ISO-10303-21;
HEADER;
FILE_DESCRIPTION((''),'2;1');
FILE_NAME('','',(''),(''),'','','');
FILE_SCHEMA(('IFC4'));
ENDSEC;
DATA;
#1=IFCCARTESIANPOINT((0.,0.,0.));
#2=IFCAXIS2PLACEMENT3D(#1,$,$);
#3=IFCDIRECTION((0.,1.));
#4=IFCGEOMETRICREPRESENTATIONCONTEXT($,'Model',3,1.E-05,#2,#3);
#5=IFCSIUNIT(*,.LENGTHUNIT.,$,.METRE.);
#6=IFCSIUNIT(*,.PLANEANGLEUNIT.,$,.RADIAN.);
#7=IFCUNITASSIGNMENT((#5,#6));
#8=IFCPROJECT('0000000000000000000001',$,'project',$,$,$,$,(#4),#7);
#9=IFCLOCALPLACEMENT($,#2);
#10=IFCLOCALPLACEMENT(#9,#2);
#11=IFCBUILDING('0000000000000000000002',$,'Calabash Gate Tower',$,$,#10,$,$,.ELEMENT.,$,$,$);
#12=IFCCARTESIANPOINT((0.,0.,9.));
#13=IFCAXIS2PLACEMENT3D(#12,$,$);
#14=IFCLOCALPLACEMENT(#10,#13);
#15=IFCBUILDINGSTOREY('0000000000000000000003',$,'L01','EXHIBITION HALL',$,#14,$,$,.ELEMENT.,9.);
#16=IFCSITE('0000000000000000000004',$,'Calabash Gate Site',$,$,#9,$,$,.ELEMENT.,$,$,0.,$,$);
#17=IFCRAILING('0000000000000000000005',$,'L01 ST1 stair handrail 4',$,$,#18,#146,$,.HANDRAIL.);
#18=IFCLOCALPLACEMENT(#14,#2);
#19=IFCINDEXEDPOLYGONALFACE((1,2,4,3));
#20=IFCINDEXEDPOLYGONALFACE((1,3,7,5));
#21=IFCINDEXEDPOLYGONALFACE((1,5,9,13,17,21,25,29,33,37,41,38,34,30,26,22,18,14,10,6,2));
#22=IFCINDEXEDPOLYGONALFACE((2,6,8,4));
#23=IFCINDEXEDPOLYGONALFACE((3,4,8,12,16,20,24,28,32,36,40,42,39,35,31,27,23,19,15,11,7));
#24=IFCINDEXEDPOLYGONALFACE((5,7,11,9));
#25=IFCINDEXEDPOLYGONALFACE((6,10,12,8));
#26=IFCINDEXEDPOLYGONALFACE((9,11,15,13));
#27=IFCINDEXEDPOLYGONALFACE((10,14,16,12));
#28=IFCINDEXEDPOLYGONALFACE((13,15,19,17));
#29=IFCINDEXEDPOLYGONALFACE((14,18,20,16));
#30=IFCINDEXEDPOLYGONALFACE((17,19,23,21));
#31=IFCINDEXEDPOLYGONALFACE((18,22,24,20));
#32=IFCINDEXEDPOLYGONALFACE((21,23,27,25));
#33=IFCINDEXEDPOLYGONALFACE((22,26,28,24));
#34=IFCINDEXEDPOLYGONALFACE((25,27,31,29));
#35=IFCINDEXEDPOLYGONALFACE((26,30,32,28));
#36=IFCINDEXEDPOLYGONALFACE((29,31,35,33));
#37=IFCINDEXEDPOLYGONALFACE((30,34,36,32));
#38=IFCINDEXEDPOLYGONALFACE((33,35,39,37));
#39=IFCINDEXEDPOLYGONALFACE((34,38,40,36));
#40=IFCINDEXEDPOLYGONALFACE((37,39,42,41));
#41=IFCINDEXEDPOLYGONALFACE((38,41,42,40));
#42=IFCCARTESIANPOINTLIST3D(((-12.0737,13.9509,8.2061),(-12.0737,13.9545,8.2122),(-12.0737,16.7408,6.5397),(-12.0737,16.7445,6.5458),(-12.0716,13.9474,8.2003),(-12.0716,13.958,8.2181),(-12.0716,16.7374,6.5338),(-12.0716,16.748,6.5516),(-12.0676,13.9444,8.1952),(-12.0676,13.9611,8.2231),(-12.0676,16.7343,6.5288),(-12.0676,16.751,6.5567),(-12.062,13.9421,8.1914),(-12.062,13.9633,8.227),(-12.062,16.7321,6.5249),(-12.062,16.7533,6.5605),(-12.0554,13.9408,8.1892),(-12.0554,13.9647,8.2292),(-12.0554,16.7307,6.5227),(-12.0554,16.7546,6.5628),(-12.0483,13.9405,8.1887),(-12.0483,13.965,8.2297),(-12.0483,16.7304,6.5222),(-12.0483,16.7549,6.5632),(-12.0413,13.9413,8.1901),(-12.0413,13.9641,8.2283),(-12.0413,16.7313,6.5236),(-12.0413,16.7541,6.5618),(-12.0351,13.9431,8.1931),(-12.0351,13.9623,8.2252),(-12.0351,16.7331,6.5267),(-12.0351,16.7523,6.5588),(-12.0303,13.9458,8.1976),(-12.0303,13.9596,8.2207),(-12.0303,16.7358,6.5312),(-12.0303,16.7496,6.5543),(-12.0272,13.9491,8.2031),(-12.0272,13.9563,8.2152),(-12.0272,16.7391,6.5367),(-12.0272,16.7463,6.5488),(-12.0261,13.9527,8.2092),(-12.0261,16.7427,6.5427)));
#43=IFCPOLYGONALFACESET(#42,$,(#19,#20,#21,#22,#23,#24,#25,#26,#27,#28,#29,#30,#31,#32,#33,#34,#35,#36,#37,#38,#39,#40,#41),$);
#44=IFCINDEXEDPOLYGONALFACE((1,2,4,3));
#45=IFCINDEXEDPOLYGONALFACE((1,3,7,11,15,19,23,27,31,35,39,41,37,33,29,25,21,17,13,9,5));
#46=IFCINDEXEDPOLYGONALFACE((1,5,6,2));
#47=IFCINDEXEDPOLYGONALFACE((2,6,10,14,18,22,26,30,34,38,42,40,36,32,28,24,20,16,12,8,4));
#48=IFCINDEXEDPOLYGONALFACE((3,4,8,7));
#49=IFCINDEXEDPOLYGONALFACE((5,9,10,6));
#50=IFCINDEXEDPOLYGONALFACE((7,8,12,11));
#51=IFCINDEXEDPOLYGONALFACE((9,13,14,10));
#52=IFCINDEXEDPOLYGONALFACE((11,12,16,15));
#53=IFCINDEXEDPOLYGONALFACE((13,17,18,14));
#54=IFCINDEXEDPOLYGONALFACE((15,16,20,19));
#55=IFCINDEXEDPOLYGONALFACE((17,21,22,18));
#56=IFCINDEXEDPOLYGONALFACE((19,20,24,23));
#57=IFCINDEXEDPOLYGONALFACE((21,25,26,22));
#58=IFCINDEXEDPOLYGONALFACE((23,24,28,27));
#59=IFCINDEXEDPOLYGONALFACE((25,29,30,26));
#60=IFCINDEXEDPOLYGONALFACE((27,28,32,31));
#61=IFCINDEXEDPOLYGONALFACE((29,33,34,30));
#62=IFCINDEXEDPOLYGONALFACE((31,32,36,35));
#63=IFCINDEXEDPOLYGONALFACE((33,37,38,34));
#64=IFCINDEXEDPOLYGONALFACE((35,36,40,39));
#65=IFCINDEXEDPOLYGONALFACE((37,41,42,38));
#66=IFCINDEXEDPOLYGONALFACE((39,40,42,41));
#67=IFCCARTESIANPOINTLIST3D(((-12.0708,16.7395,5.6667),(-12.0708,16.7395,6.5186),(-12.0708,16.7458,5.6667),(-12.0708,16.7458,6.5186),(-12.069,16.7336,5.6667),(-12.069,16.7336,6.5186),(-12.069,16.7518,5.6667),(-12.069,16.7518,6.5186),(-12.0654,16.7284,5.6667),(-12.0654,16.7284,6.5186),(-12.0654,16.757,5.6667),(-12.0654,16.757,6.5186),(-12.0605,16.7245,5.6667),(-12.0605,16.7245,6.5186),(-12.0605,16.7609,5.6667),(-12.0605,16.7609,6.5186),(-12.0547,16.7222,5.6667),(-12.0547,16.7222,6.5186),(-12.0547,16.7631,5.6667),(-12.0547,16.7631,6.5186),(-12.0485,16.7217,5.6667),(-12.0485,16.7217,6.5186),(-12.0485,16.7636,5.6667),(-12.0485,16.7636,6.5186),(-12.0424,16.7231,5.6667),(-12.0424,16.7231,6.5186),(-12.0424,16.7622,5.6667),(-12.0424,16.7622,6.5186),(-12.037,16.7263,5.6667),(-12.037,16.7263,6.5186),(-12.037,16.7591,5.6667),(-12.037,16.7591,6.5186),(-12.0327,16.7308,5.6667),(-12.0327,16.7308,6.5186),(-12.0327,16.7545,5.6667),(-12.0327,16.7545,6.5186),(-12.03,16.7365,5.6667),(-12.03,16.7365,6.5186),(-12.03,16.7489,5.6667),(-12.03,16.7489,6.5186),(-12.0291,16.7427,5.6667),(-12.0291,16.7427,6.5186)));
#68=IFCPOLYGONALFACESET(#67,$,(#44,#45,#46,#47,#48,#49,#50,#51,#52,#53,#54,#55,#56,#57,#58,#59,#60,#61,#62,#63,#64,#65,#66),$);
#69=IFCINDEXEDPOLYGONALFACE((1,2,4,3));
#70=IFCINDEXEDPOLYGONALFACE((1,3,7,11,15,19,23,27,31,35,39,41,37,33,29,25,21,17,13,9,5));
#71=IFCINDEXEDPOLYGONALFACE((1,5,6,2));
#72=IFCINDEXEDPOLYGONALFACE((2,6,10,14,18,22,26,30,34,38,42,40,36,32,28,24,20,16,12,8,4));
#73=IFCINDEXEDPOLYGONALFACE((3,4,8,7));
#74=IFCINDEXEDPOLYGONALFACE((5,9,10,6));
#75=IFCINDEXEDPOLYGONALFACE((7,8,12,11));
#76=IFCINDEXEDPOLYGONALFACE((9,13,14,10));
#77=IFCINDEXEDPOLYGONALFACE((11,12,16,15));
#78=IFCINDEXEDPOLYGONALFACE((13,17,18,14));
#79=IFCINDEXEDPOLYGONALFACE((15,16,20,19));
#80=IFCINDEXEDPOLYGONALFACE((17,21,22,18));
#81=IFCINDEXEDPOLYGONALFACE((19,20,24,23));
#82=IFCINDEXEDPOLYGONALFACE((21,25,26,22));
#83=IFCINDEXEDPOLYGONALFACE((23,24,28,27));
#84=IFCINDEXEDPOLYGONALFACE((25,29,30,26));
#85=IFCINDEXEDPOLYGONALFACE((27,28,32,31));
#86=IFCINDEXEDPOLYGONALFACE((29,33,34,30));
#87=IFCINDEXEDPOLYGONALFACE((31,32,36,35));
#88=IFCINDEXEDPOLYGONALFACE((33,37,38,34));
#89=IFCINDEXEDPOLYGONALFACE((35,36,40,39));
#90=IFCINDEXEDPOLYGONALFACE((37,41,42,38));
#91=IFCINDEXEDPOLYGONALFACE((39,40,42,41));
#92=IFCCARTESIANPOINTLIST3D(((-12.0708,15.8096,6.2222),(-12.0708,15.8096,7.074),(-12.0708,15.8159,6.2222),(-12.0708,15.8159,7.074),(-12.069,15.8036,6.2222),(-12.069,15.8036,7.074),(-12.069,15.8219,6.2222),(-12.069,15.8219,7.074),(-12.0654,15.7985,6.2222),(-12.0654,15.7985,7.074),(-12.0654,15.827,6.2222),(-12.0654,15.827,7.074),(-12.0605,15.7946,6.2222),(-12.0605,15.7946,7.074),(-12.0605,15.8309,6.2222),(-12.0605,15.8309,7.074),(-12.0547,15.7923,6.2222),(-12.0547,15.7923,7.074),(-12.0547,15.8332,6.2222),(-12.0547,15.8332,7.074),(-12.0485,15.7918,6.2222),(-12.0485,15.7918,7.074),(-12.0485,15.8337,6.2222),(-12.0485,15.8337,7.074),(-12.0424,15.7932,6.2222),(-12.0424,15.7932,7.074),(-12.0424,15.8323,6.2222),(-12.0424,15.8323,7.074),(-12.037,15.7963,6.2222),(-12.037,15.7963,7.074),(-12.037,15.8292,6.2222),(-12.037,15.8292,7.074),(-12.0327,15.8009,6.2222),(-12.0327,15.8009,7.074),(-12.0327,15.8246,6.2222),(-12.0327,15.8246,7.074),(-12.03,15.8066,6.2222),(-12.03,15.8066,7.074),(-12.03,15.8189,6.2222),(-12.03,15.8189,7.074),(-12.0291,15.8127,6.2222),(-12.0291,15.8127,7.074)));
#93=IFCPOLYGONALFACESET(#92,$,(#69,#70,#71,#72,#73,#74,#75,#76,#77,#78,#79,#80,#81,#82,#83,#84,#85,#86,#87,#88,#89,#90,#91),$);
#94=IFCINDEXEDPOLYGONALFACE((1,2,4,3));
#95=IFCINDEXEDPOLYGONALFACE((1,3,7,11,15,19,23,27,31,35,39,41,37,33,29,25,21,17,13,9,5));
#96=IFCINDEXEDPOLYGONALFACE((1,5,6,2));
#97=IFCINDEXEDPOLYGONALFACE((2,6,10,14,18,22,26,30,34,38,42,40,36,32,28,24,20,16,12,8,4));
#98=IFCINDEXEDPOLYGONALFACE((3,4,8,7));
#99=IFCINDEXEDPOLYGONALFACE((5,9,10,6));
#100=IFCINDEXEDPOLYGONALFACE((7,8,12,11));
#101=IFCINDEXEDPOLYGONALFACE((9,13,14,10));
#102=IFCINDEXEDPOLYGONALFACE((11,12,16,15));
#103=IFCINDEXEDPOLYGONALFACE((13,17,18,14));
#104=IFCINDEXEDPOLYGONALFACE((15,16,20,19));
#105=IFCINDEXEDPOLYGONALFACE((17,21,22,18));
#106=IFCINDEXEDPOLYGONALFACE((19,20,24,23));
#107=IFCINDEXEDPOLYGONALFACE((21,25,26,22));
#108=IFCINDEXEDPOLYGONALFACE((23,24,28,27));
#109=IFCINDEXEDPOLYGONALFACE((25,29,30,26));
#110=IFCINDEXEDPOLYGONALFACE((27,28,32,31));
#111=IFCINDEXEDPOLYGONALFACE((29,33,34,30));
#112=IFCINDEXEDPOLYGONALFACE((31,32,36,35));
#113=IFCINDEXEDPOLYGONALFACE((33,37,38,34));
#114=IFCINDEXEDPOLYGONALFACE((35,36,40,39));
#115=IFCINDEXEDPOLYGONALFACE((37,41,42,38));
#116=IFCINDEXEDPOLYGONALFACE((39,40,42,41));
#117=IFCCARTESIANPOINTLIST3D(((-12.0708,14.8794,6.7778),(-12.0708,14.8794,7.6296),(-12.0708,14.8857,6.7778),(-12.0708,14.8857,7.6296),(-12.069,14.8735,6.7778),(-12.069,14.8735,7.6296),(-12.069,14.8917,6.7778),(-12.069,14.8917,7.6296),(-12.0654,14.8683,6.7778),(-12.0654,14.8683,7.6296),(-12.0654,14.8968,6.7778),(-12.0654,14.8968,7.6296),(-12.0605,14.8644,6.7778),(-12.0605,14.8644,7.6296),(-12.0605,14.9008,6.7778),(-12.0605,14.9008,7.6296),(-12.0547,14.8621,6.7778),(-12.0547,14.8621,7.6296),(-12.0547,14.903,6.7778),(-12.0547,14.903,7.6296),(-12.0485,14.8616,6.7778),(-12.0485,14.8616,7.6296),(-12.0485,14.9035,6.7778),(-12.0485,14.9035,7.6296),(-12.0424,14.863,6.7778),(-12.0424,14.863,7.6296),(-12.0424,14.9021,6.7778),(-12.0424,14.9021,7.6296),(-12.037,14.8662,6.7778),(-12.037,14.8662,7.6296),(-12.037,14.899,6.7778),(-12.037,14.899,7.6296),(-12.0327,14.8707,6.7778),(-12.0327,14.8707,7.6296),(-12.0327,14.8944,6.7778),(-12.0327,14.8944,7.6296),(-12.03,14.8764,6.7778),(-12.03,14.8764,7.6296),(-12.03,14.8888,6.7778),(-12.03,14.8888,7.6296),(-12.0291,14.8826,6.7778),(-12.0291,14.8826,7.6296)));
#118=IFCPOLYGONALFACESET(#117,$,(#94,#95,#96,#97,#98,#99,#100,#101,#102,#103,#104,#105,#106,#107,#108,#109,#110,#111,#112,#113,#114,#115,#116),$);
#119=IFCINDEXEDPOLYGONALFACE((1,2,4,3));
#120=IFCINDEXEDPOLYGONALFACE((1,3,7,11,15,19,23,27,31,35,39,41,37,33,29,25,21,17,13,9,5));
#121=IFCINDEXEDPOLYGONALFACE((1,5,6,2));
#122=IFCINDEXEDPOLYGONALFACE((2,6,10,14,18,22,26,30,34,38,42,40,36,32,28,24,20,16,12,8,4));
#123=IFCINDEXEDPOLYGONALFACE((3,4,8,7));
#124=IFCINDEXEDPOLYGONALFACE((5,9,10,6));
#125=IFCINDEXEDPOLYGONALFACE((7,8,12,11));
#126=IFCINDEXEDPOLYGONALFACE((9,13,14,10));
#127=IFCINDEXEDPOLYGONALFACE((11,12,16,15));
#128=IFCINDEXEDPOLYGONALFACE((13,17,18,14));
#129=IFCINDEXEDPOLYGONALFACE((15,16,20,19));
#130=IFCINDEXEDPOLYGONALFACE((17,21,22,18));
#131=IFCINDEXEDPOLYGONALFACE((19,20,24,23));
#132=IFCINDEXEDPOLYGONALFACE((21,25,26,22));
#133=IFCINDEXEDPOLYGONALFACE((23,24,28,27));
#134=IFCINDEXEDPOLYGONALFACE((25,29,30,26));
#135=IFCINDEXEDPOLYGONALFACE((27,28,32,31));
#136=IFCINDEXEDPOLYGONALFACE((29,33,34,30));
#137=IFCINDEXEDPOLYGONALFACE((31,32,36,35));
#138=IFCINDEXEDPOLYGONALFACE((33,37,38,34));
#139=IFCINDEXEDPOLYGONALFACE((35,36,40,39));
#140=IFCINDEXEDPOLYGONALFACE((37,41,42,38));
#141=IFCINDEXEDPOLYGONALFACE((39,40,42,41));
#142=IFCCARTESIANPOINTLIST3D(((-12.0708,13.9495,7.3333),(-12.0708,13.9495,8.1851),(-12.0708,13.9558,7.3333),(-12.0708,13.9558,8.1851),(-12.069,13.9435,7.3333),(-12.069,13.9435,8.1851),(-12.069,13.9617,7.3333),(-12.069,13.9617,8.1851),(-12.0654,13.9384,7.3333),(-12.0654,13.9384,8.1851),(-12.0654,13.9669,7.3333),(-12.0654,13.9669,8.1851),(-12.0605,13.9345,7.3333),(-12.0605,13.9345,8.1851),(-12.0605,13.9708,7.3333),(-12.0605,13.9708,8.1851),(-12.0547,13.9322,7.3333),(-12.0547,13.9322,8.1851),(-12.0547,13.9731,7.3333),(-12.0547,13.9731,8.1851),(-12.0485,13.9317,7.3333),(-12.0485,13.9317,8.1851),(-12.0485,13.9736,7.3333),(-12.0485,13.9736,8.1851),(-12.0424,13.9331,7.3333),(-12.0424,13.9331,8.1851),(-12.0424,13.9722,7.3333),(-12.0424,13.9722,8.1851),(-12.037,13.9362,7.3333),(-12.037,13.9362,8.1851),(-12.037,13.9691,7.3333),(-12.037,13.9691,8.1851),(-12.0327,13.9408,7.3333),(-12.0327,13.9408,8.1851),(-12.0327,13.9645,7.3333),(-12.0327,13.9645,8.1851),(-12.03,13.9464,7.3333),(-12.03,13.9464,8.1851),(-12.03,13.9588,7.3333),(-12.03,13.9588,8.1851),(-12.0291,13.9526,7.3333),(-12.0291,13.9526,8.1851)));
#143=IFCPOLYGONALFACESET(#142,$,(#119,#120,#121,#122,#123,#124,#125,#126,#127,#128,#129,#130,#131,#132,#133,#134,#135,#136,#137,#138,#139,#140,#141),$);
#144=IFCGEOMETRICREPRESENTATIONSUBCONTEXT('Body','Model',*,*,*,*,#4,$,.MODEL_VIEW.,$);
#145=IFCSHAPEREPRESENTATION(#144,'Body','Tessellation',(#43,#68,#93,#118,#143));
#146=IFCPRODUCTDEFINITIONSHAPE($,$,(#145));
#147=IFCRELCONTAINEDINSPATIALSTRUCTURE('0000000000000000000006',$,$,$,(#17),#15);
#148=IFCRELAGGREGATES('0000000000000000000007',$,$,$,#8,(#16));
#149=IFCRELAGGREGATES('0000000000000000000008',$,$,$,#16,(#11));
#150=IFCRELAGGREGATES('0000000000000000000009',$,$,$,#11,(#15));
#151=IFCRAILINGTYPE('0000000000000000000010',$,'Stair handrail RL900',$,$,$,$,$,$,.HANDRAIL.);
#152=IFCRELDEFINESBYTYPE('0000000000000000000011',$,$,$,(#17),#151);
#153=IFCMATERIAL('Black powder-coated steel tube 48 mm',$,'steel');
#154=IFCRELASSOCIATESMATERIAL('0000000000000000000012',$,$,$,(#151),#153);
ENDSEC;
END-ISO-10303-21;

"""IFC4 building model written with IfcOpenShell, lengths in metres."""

from ifc_helpers import new_model, si_unit, direction, frame, origin, origin_2d, place, context, subcontext, project, spatial, circle, extrude, material, type_object, element, save


model = new_model("IFC4")

# Units and contexts
model_context = context("Model", 3, precision=1e-05, world=origin(), true_north=direction((0.0, 1.0)))
body_context = subcontext(model_context, "Body", "Model", "MODEL_VIEW")
ifc_project = project(units=[si_unit("LENGTHUNIT", "METRE"), si_unit("PLANEANGLEUNIT", "RADIAN")], contexts=[model_context])

# Site, building, storey
site_placement = place(None, origin())
site = spatial("IfcSite", under=ifc_project, at=site_placement, Name="Calabash Gate Site", CompositionType="ELEMENT", RefElevation=0.0)
building_placement = place(site_placement, origin())
building = spatial("IfcBuilding", under=site, at=building_placement, Name="Calabash Gate Tower", CompositionType="ELEMENT")
storey_placement = place(building_placement, frame((0.0, 0.0, 9.0)))
storey = spatial("IfcBuildingStorey", under=building, at=storey_placement, Name="L01", Description="EXHIBITION HALL", CompositionType="ELEMENT", Elevation=9.0)

# Railing
ifc_material_1 = material(Name="Black powder-coated steel tube 48 mm", Category="steel")
railing_type_1 = type_object("IfcRailingType", Name="Stair handrail RL900", PredefinedType="HANDRAIL", material=ifc_material_1)
railing_1_placement = place(storey_placement, frame((-12.05, 16.7427, 5.6667)))
element("IfcRailing", 1, at=railing_1_placement, inside=storey, type_object=railing_type_1, Name="L01 ST1 stair handrail 4", PredefinedType="HANDRAIL", context=body_context, shape_type="SweptSolid", body=[
    extrude(circle(Radius=0.0239, at=origin_2d()), frame((0.0, 0.0, 0.876), z_axis=(0.0, -0.858512, 0.512793), x_axis=(1.0, 0.0, 0.0)), (0.0, 0.0, 1.0), 3.2498),
    extrude(circle(Radius=0.021, at=origin_2d()), origin(), (0.0, 0.0, 1.0), 0.8518),
    extrude(circle(Radius=0.021, at=origin_2d()), frame((0.0, -0.9299, 0.5554)), (0.0, 0.0, 1.0), 0.8518),
    extrude(circle(Radius=0.021, at=origin_2d()), frame((0.0, -1.8601, 1.1111)), (0.0, 0.0, 1.0), 0.8518),
    extrude(circle(Radius=0.021, at=origin_2d()), frame((0.0, -2.79, 1.6665)), (0.0, 0.0, 1.0), 0.8518),
])

save(model, "model.ifc")
